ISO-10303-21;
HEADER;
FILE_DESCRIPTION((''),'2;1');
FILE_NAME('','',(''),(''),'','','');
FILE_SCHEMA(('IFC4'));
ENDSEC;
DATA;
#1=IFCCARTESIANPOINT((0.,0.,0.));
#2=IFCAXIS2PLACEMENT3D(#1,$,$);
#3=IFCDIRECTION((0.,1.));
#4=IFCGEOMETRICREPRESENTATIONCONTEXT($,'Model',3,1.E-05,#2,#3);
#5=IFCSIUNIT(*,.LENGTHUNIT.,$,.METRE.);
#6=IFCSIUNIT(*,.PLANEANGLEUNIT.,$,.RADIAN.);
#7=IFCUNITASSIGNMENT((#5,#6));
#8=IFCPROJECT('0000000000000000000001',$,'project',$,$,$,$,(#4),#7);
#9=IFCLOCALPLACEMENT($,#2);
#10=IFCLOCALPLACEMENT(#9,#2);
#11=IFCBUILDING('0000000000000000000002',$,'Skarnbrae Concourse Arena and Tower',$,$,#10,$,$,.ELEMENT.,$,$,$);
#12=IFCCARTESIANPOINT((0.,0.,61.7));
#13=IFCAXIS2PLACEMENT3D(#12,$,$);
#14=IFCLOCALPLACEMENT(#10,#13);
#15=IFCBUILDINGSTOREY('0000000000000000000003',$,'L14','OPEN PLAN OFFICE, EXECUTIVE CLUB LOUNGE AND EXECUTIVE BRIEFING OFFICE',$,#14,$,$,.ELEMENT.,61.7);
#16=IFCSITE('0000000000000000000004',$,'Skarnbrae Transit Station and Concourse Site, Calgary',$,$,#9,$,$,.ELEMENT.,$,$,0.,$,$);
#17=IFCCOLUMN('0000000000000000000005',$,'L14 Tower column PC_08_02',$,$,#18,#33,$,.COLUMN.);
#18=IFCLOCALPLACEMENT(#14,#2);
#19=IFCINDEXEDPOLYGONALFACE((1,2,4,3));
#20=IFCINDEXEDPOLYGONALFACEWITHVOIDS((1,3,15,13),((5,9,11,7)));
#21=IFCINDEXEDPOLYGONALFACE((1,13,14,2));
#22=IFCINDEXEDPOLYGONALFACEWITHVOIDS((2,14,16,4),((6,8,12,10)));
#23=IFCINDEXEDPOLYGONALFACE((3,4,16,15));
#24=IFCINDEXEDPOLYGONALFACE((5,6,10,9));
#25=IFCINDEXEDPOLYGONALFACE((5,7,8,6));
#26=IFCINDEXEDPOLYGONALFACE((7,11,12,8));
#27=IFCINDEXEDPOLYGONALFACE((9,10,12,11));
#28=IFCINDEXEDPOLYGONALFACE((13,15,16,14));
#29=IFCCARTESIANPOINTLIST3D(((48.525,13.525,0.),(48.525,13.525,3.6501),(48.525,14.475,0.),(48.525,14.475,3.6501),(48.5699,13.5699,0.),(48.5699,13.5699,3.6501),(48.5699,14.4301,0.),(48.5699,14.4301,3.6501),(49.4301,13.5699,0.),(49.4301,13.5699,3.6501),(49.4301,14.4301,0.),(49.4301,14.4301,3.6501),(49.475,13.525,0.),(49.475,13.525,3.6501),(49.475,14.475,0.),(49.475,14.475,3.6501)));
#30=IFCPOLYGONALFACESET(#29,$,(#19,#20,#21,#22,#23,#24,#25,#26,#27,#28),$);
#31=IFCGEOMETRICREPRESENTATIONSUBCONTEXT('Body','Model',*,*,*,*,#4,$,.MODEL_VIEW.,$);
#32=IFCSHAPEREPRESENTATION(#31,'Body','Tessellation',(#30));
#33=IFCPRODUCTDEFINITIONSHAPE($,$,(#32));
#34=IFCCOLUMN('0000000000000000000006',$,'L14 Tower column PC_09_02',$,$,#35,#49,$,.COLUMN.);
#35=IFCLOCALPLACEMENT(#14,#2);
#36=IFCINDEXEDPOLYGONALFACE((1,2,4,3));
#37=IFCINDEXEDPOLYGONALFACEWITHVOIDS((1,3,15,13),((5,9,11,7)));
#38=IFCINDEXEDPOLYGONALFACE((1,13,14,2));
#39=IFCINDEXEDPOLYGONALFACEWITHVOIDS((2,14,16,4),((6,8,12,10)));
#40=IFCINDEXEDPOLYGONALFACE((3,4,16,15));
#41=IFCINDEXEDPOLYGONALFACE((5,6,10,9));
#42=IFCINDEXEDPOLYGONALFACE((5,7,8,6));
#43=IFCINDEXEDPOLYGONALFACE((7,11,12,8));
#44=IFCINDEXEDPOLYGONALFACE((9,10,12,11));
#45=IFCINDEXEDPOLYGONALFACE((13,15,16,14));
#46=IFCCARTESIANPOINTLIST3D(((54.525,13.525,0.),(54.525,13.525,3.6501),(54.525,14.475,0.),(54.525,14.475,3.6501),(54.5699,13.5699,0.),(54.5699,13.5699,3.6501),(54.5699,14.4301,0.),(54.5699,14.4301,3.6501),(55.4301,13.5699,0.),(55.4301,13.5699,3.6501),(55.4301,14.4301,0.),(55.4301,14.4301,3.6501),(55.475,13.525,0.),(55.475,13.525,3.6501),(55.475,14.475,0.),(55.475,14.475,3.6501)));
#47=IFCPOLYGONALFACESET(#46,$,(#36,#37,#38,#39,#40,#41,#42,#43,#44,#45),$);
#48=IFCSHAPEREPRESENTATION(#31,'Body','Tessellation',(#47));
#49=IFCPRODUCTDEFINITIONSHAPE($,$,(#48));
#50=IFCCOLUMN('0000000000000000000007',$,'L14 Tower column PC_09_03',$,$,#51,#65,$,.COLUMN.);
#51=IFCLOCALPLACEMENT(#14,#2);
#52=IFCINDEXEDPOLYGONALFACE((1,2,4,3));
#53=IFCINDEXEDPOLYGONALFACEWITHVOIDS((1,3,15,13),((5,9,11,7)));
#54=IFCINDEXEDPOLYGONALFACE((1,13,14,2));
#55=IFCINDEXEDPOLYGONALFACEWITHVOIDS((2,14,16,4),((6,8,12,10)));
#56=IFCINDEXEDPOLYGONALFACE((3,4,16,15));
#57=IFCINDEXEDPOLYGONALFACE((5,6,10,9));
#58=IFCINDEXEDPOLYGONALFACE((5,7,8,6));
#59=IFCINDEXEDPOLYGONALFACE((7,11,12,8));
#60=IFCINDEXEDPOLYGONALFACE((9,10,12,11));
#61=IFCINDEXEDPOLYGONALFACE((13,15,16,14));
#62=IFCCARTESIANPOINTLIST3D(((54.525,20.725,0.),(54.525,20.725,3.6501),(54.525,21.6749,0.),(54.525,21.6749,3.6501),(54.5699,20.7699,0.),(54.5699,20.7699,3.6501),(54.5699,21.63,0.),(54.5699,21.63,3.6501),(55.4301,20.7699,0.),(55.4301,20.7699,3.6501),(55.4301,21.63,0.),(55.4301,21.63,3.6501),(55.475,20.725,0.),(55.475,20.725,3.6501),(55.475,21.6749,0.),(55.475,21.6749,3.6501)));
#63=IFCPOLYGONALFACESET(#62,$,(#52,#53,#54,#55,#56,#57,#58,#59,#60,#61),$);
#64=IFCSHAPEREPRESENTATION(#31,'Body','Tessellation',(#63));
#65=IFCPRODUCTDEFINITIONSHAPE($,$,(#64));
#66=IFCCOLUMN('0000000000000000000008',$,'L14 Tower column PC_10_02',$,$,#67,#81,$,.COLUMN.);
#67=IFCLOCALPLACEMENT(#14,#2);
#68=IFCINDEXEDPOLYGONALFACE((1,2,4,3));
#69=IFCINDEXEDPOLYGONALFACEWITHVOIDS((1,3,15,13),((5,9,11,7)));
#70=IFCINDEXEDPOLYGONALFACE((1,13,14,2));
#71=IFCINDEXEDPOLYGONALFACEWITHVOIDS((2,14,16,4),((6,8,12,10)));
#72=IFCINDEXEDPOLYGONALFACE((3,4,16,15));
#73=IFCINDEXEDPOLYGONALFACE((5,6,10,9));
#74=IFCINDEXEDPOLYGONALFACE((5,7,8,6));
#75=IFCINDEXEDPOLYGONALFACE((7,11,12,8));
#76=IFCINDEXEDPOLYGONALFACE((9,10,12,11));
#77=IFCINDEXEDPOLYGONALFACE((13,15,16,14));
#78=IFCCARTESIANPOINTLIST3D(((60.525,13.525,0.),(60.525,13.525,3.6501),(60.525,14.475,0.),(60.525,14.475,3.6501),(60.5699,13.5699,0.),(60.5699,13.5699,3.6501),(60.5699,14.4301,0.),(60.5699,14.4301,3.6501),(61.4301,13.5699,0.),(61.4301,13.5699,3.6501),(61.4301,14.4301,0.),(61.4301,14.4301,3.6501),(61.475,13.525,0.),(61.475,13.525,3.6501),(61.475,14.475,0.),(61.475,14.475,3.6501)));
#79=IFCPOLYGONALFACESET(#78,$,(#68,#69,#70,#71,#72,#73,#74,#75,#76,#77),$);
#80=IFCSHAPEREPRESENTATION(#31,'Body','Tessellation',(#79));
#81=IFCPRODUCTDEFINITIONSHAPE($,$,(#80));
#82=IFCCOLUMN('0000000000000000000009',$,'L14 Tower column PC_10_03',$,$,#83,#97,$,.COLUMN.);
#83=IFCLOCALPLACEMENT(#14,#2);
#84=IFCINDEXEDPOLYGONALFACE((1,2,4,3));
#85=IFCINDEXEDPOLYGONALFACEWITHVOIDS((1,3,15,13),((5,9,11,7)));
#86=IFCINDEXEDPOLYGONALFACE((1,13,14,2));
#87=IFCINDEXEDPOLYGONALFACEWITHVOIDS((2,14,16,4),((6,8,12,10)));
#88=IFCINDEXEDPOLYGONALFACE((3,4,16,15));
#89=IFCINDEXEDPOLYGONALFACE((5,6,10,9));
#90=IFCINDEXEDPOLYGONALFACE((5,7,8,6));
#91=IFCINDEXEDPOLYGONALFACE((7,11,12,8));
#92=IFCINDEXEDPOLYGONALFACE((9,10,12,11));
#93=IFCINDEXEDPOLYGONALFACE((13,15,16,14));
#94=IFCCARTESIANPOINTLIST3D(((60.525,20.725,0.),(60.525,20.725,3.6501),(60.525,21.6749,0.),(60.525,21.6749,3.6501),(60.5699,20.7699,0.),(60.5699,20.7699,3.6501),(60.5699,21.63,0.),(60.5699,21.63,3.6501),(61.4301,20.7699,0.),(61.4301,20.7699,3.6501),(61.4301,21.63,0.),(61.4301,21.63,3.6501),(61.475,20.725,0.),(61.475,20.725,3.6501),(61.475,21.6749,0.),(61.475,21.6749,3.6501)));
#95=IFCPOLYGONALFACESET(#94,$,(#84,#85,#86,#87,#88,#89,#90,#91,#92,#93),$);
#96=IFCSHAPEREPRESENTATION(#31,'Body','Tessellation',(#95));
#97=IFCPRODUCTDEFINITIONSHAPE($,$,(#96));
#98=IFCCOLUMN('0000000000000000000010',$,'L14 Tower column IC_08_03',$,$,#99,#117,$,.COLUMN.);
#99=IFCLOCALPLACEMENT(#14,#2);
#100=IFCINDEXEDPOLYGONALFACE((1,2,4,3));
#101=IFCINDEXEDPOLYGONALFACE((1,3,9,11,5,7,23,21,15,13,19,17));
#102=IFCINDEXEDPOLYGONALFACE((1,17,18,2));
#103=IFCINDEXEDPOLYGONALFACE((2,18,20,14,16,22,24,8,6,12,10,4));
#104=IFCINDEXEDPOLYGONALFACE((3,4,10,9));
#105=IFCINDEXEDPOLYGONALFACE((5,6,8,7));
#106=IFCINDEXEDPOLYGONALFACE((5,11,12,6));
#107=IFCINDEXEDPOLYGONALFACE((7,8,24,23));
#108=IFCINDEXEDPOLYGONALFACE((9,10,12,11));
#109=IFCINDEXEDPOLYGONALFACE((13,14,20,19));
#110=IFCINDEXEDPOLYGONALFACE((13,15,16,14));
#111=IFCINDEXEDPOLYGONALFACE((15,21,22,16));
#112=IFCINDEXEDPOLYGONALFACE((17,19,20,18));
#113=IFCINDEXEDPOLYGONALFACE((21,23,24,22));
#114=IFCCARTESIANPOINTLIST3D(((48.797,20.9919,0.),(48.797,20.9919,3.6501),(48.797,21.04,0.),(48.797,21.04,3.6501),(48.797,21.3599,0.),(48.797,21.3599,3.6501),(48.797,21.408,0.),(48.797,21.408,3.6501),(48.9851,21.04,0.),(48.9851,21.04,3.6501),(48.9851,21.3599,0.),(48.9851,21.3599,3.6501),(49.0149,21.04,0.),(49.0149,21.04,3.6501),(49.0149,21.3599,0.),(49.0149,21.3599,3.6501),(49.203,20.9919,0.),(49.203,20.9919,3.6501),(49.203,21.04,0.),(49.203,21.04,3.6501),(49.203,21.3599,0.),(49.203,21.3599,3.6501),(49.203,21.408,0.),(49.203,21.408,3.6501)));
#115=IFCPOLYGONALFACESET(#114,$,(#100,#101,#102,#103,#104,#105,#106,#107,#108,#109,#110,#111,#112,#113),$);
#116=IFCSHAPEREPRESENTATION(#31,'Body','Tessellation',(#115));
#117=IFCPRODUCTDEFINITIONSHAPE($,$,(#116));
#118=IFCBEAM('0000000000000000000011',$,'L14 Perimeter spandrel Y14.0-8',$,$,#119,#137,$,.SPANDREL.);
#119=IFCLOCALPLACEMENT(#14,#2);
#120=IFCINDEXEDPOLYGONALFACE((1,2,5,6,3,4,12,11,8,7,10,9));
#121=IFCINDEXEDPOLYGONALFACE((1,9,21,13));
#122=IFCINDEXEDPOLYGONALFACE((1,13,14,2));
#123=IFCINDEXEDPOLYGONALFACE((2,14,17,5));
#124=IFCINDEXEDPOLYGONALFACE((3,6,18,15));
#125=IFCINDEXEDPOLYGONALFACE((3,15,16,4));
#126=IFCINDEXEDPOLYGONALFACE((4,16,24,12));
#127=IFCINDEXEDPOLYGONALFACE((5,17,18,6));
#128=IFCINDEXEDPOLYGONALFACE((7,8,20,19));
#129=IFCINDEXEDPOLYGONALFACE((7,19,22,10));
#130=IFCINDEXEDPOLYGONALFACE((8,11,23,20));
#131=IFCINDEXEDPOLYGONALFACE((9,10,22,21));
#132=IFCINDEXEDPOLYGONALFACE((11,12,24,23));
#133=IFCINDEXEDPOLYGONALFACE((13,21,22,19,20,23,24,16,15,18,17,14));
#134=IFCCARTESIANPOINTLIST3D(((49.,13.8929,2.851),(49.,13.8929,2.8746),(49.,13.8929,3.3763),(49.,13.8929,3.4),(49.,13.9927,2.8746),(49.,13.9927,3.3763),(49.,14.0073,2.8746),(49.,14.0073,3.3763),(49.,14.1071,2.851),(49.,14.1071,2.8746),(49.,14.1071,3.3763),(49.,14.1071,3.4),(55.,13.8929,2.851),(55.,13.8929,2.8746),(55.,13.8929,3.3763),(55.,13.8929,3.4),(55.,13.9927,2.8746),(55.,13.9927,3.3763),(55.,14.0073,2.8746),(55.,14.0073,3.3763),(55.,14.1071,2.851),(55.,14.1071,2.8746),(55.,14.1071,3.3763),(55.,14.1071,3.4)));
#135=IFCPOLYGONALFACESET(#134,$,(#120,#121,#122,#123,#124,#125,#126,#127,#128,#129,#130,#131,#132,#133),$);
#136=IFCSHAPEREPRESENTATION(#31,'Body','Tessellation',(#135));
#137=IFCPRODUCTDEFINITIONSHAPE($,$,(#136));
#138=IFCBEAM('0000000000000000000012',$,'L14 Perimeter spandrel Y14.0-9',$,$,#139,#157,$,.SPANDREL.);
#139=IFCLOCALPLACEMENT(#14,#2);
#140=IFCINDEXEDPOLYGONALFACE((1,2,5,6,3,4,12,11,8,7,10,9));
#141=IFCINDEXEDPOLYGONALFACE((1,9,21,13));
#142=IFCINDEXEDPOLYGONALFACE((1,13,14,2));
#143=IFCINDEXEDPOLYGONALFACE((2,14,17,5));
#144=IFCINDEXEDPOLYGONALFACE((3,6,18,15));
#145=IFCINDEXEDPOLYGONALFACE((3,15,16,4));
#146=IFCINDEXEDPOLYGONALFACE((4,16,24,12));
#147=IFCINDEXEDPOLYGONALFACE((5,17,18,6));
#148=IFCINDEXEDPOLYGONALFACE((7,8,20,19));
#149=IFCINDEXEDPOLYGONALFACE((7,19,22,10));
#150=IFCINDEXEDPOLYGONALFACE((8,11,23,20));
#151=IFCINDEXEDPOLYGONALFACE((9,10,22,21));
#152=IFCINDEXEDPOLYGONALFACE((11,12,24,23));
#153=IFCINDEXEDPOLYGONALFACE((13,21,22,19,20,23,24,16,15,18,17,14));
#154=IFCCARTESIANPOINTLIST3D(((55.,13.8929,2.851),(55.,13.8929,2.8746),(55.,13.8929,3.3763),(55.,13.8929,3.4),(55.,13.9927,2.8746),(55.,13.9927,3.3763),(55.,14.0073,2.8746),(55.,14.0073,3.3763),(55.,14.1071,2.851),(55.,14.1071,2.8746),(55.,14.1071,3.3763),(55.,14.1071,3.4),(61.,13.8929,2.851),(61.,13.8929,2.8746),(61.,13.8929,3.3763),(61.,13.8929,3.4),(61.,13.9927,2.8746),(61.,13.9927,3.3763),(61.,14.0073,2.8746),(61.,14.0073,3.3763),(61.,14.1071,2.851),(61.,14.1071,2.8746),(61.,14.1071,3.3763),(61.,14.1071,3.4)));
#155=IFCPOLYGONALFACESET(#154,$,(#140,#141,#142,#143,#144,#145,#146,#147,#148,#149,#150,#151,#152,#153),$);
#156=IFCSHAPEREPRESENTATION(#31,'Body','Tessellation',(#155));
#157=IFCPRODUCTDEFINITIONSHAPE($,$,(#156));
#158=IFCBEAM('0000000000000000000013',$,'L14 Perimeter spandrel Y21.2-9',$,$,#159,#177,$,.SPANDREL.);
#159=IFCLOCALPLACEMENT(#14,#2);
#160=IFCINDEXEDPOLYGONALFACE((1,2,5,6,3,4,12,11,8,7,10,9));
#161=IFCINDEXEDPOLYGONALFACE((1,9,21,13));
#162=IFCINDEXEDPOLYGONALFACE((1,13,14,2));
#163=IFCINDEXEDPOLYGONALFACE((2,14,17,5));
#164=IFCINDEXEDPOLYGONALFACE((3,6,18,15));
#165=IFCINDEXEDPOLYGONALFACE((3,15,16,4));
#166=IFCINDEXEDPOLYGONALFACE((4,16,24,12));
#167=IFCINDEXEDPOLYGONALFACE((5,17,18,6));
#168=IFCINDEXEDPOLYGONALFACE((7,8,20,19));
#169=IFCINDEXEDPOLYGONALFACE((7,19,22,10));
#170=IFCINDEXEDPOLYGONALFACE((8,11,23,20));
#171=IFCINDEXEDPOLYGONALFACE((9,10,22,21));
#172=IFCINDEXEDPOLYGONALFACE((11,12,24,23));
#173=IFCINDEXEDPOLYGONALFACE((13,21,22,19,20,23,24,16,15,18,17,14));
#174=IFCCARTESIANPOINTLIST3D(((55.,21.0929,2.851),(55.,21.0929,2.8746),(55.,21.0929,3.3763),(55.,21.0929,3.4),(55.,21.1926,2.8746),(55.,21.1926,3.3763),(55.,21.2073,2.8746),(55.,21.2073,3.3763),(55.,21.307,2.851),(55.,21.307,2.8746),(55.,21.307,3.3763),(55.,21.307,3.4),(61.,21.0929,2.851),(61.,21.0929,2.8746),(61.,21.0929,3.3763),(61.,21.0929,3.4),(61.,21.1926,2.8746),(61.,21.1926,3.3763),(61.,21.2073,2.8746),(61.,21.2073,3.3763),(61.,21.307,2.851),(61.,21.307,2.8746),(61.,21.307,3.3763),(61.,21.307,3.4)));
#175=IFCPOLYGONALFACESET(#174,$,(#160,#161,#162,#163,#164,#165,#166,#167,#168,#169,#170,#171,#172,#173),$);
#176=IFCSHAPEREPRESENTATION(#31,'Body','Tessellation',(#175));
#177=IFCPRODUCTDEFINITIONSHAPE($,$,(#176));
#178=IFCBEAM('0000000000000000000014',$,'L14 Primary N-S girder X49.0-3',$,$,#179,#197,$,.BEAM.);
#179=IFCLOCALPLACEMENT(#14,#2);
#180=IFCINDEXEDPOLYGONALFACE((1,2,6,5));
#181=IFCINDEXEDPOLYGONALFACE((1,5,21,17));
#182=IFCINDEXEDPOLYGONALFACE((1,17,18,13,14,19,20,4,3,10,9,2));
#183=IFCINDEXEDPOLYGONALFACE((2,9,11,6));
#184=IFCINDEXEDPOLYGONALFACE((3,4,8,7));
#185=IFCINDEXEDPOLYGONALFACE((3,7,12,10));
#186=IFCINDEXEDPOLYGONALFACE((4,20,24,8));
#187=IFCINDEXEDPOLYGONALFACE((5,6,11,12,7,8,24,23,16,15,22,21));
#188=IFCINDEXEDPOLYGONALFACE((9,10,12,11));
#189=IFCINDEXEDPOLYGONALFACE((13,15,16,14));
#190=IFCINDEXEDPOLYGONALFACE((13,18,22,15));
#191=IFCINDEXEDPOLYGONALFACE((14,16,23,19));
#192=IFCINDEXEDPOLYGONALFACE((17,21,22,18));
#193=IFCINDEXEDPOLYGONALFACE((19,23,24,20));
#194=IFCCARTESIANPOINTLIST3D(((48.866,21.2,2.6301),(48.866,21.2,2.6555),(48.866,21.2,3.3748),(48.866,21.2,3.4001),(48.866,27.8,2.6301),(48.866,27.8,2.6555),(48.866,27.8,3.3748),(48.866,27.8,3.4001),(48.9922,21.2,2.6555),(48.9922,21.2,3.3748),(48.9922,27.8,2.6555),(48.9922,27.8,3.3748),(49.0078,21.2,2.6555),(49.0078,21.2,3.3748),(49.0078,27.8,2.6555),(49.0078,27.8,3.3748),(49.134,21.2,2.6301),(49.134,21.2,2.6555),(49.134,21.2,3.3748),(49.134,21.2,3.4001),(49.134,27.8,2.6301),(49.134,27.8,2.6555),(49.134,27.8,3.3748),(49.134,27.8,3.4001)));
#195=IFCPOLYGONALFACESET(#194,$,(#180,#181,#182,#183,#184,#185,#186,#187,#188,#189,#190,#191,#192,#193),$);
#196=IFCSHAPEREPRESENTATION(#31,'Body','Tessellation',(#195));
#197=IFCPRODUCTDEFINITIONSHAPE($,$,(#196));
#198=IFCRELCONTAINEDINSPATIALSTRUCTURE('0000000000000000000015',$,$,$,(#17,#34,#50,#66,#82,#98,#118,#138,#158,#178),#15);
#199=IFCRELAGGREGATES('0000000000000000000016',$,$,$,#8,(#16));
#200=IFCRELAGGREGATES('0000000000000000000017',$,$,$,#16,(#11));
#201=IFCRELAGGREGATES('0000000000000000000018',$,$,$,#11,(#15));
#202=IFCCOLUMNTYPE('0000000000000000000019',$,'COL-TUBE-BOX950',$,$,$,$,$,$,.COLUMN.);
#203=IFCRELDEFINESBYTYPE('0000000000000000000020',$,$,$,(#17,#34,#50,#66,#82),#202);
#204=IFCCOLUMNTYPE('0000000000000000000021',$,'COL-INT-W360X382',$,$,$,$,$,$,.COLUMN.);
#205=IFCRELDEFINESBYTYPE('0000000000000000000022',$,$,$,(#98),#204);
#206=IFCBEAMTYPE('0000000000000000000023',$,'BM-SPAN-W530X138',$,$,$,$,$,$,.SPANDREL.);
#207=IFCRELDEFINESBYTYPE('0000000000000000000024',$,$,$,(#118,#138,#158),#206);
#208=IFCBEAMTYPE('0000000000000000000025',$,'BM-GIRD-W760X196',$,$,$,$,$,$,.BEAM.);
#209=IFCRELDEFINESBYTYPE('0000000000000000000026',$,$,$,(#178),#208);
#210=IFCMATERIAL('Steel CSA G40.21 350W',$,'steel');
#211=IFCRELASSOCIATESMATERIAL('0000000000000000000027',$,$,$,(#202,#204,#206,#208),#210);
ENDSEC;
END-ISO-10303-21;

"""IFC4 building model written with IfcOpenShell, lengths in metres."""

from ifc_helpers import new_model, si_unit, direction, frame, origin, origin_2d, place, context, subcontext, project, spatial, hollow_rectangle, i_section, extrude, source, transform, mapped, material, material_profile, profile_set, type_object, element, save


model = new_model("IFC4")

# Units and contexts
model_context = context("Model", 3, precision=1e-05, world=origin(), true_north=direction((0.0, 1.0)))
body_context = subcontext(model_context, "Body", "Model", "MODEL_VIEW")
ifc_project = project(units=[si_unit("LENGTHUNIT", "METRE"), si_unit("PLANEANGLEUNIT", "RADIAN")], contexts=[model_context])

# Site, building, storey
site_placement = place(None, origin())
site = spatial("IfcSite", under=ifc_project, at=site_placement, Name="Skarnbrae Transit Station and Concourse Site, Calgary", CompositionType="ELEMENT", RefElevation=0.0)
building_placement = place(site_placement, origin())
building = spatial("IfcBuilding", under=site, at=building_placement, Name="Skarnbrae Concourse Arena and Tower", CompositionType="ELEMENT")
storey_placement = place(building_placement, frame((0.0, 0.0, 61.7)))
storey = spatial("IfcBuildingStorey", under=building, at=storey_placement, Name="L14", Description="OPEN PLAN OFFICE, EXECUTIVE CLUB LOUNGE AND EXECUTIVE BRIEFING OFFICE", CompositionType="ELEMENT", Elevation=61.7)

# Columns
ifc_material_1 = material(Name="Steel CSA G40.21 350W", Category="steel")
ifc_material_profile_1 = material_profile(ifc_material_1, hollow_rectangle(XDim=0.95, YDim=0.95, WallThickness=0.0449, at=origin_2d()), Name="BOX950X950X45")
ifc_profile_set_1 = profile_set([ifc_material_profile_1], Name="Steel CSA G40.21 350W")
column_type_1 = type_object("IfcColumnType", Name="COL-TUBE-BOX950", PredefinedType="COLUMN", material=ifc_profile_set_1)
shared_shape_1 = source(origin(), body_context, "Body", "SweptSolid", [
    extrude(hollow_rectangle(XDim=0.95, YDim=0.95, WallThickness=0.0449, at=origin_2d()), origin(), (0.0, 0.0, 1.0), 3.6501),
])
for number, where, z_axis, x_axis, name in (
    (1, (49.0, 14.0, 0.0), (0.0, 0.0, 1.0), (1.0, 0.0, 0.0), "L14 Tower column PC_08_02"),
    (2, (55.0, 14.0, 0.0), (0.0, 0.0, 1.0), (1.0, 0.0, 0.0), "L14 Tower column PC_09_02"),
    (3, (55.0, 21.2, 0.0), (0.0, 0.0, 1.0), (1.0, 0.0, 0.0), "L14 Tower column PC_09_03"),
    (4, (61.0, 14.0, 0.0), (0.0, 0.0, 1.0), (1.0, 0.0, 0.0), "L14 Tower column PC_10_02"),
    (5, (61.0, 21.2, 0.0), (0.0, 0.0, 1.0), (1.0, 0.0, 0.0), "L14 Tower column PC_10_03"),
):
    element("IfcColumn", number, at=place(storey_placement, frame(where, z_axis=z_axis, x_axis=x_axis)), inside=storey, type_object=column_type_1, Name=name, PredefinedType="COLUMN", context=body_context, shape_type="MappedRepresentation", body=[
        mapped(shared_shape_1, transform((0.0, 0.0, 0.0))),
    ])
ifc_material_profile_2 = material_profile(ifc_material_1, i_section(OverallWidth=0.406, OverallDepth=0.416, WebThickness=0.0298, FlangeThickness=0.0481, at=origin_2d()), Name="W360X382")
ifc_profile_set_2 = profile_set([ifc_material_profile_2], Name="Steel CSA G40.21 350W")
column_type_2 = type_object("IfcColumnType", Name="COL-INT-W360X382", PredefinedType="COLUMN", material=ifc_profile_set_2)
shared_shape_2 = source(origin(), body_context, "Body", "SweptSolid", [
    extrude(i_section(OverallWidth=0.406, OverallDepth=0.416, WebThickness=0.0298, FlangeThickness=0.0481, at=origin_2d()), origin(), (0.0, 0.0, 1.0), 3.6501),
])
column_placement = place(storey_placement, frame((49.0, 21.2, 0.0), z_axis=(0.0, 0.0, 1.0), x_axis=(1.0, 0.0, 0.0)))
element("IfcColumn", 6, at=column_placement, inside=storey, type_object=column_type_2, Name="L14 Tower column IC_08_03", PredefinedType="COLUMN", context=body_context, shape_type="MappedRepresentation", body=[
    mapped(shared_shape_2, transform((0.0, 0.0, 0.0))),
])

# Beams
ifc_material_profile_3 = material_profile(ifc_material_1, i_section(OverallWidth=0.2141, OverallDepth=0.5491, WebThickness=0.0146, FlangeThickness=0.0237, at=origin_2d()), Name="W530X138")
ifc_profile_set_3 = profile_set([ifc_material_profile_3], Name="Steel CSA G40.21 350W")
beam_type_1 = type_object("IfcBeamType", Name="BM-SPAN-W530X138", PredefinedType="SPANDREL", material=ifc_profile_set_3)
shared_shape_3 = source(origin(), body_context, "Body", "SweptSolid", [
    extrude(i_section(OverallWidth=0.2141, OverallDepth=0.5491, WebThickness=0.0146, FlangeThickness=0.0237, at=origin_2d()), origin(), (0.0, 0.0, 1.0), 6.0),
])
for number, where, z_axis, x_axis, name in (
    (7, (49.0, 14.0, 3.1255), (1.0, 0.0, 0.0), (0.0, 1.0, 0.0), "L14 Perimeter spandrel Y14.0-8"),
    (8, (55.0, 14.0, 3.1255), (1.0, 0.0, 0.0), (0.0, 1.0, 0.0), "L14 Perimeter spandrel Y14.0-9"),
    (9, (55.0, 21.2, 3.1255), (1.0, 0.0, 0.0), (0.0, 1.0, 0.0), "L14 Perimeter spandrel Y21.2-9"),
):
    element("IfcBeam", number, at=place(storey_placement, frame(where, z_axis=z_axis, x_axis=x_axis)), inside=storey, type_object=beam_type_1, Name=name, PredefinedType="SPANDREL", context=body_context, shape_type="MappedRepresentation", body=[
        mapped(shared_shape_3, transform((0.0, 0.0, 0.0))),
    ])
ifc_material_profile_4 = material_profile(ifc_material_1, i_section(OverallWidth=0.2681, OverallDepth=0.77, WebThickness=0.0156, FlangeThickness=0.0254, at=origin_2d()), Name="W760X196")
ifc_profile_set_4 = profile_set([ifc_material_profile_4], Name="Steel CSA G40.21 350W")
beam_type_2 = type_object("IfcBeamType", Name="BM-GIRD-W760X196", PredefinedType="BEAM", material=ifc_profile_set_4)
shared_shape_4 = source(origin(), body_context, "Body", "SweptSolid", [
    extrude(i_section(OverallWidth=0.2681, OverallDepth=0.77, WebThickness=0.0156, FlangeThickness=0.0254, at=origin_2d()), origin(), (0.0, 0.0, 1.0), 6.6001),
])
beam_1_placement = place(storey_placement, frame((49.0, 21.2, 3.0151), z_axis=(0.0, 1.0, 0.0), x_axis=(-1.0, 0.0, 0.0)))
element("IfcBeam", 10, at=beam_1_placement, inside=storey, type_object=beam_type_2, Name="L14 Primary N-S girder X49.0-3", PredefinedType="BEAM", context=body_context, shape_type="MappedRepresentation", body=[
    mapped(shared_shape_4, transform((0.0, 0.0, 0.0))),
])

save(model, "model.ifc")
